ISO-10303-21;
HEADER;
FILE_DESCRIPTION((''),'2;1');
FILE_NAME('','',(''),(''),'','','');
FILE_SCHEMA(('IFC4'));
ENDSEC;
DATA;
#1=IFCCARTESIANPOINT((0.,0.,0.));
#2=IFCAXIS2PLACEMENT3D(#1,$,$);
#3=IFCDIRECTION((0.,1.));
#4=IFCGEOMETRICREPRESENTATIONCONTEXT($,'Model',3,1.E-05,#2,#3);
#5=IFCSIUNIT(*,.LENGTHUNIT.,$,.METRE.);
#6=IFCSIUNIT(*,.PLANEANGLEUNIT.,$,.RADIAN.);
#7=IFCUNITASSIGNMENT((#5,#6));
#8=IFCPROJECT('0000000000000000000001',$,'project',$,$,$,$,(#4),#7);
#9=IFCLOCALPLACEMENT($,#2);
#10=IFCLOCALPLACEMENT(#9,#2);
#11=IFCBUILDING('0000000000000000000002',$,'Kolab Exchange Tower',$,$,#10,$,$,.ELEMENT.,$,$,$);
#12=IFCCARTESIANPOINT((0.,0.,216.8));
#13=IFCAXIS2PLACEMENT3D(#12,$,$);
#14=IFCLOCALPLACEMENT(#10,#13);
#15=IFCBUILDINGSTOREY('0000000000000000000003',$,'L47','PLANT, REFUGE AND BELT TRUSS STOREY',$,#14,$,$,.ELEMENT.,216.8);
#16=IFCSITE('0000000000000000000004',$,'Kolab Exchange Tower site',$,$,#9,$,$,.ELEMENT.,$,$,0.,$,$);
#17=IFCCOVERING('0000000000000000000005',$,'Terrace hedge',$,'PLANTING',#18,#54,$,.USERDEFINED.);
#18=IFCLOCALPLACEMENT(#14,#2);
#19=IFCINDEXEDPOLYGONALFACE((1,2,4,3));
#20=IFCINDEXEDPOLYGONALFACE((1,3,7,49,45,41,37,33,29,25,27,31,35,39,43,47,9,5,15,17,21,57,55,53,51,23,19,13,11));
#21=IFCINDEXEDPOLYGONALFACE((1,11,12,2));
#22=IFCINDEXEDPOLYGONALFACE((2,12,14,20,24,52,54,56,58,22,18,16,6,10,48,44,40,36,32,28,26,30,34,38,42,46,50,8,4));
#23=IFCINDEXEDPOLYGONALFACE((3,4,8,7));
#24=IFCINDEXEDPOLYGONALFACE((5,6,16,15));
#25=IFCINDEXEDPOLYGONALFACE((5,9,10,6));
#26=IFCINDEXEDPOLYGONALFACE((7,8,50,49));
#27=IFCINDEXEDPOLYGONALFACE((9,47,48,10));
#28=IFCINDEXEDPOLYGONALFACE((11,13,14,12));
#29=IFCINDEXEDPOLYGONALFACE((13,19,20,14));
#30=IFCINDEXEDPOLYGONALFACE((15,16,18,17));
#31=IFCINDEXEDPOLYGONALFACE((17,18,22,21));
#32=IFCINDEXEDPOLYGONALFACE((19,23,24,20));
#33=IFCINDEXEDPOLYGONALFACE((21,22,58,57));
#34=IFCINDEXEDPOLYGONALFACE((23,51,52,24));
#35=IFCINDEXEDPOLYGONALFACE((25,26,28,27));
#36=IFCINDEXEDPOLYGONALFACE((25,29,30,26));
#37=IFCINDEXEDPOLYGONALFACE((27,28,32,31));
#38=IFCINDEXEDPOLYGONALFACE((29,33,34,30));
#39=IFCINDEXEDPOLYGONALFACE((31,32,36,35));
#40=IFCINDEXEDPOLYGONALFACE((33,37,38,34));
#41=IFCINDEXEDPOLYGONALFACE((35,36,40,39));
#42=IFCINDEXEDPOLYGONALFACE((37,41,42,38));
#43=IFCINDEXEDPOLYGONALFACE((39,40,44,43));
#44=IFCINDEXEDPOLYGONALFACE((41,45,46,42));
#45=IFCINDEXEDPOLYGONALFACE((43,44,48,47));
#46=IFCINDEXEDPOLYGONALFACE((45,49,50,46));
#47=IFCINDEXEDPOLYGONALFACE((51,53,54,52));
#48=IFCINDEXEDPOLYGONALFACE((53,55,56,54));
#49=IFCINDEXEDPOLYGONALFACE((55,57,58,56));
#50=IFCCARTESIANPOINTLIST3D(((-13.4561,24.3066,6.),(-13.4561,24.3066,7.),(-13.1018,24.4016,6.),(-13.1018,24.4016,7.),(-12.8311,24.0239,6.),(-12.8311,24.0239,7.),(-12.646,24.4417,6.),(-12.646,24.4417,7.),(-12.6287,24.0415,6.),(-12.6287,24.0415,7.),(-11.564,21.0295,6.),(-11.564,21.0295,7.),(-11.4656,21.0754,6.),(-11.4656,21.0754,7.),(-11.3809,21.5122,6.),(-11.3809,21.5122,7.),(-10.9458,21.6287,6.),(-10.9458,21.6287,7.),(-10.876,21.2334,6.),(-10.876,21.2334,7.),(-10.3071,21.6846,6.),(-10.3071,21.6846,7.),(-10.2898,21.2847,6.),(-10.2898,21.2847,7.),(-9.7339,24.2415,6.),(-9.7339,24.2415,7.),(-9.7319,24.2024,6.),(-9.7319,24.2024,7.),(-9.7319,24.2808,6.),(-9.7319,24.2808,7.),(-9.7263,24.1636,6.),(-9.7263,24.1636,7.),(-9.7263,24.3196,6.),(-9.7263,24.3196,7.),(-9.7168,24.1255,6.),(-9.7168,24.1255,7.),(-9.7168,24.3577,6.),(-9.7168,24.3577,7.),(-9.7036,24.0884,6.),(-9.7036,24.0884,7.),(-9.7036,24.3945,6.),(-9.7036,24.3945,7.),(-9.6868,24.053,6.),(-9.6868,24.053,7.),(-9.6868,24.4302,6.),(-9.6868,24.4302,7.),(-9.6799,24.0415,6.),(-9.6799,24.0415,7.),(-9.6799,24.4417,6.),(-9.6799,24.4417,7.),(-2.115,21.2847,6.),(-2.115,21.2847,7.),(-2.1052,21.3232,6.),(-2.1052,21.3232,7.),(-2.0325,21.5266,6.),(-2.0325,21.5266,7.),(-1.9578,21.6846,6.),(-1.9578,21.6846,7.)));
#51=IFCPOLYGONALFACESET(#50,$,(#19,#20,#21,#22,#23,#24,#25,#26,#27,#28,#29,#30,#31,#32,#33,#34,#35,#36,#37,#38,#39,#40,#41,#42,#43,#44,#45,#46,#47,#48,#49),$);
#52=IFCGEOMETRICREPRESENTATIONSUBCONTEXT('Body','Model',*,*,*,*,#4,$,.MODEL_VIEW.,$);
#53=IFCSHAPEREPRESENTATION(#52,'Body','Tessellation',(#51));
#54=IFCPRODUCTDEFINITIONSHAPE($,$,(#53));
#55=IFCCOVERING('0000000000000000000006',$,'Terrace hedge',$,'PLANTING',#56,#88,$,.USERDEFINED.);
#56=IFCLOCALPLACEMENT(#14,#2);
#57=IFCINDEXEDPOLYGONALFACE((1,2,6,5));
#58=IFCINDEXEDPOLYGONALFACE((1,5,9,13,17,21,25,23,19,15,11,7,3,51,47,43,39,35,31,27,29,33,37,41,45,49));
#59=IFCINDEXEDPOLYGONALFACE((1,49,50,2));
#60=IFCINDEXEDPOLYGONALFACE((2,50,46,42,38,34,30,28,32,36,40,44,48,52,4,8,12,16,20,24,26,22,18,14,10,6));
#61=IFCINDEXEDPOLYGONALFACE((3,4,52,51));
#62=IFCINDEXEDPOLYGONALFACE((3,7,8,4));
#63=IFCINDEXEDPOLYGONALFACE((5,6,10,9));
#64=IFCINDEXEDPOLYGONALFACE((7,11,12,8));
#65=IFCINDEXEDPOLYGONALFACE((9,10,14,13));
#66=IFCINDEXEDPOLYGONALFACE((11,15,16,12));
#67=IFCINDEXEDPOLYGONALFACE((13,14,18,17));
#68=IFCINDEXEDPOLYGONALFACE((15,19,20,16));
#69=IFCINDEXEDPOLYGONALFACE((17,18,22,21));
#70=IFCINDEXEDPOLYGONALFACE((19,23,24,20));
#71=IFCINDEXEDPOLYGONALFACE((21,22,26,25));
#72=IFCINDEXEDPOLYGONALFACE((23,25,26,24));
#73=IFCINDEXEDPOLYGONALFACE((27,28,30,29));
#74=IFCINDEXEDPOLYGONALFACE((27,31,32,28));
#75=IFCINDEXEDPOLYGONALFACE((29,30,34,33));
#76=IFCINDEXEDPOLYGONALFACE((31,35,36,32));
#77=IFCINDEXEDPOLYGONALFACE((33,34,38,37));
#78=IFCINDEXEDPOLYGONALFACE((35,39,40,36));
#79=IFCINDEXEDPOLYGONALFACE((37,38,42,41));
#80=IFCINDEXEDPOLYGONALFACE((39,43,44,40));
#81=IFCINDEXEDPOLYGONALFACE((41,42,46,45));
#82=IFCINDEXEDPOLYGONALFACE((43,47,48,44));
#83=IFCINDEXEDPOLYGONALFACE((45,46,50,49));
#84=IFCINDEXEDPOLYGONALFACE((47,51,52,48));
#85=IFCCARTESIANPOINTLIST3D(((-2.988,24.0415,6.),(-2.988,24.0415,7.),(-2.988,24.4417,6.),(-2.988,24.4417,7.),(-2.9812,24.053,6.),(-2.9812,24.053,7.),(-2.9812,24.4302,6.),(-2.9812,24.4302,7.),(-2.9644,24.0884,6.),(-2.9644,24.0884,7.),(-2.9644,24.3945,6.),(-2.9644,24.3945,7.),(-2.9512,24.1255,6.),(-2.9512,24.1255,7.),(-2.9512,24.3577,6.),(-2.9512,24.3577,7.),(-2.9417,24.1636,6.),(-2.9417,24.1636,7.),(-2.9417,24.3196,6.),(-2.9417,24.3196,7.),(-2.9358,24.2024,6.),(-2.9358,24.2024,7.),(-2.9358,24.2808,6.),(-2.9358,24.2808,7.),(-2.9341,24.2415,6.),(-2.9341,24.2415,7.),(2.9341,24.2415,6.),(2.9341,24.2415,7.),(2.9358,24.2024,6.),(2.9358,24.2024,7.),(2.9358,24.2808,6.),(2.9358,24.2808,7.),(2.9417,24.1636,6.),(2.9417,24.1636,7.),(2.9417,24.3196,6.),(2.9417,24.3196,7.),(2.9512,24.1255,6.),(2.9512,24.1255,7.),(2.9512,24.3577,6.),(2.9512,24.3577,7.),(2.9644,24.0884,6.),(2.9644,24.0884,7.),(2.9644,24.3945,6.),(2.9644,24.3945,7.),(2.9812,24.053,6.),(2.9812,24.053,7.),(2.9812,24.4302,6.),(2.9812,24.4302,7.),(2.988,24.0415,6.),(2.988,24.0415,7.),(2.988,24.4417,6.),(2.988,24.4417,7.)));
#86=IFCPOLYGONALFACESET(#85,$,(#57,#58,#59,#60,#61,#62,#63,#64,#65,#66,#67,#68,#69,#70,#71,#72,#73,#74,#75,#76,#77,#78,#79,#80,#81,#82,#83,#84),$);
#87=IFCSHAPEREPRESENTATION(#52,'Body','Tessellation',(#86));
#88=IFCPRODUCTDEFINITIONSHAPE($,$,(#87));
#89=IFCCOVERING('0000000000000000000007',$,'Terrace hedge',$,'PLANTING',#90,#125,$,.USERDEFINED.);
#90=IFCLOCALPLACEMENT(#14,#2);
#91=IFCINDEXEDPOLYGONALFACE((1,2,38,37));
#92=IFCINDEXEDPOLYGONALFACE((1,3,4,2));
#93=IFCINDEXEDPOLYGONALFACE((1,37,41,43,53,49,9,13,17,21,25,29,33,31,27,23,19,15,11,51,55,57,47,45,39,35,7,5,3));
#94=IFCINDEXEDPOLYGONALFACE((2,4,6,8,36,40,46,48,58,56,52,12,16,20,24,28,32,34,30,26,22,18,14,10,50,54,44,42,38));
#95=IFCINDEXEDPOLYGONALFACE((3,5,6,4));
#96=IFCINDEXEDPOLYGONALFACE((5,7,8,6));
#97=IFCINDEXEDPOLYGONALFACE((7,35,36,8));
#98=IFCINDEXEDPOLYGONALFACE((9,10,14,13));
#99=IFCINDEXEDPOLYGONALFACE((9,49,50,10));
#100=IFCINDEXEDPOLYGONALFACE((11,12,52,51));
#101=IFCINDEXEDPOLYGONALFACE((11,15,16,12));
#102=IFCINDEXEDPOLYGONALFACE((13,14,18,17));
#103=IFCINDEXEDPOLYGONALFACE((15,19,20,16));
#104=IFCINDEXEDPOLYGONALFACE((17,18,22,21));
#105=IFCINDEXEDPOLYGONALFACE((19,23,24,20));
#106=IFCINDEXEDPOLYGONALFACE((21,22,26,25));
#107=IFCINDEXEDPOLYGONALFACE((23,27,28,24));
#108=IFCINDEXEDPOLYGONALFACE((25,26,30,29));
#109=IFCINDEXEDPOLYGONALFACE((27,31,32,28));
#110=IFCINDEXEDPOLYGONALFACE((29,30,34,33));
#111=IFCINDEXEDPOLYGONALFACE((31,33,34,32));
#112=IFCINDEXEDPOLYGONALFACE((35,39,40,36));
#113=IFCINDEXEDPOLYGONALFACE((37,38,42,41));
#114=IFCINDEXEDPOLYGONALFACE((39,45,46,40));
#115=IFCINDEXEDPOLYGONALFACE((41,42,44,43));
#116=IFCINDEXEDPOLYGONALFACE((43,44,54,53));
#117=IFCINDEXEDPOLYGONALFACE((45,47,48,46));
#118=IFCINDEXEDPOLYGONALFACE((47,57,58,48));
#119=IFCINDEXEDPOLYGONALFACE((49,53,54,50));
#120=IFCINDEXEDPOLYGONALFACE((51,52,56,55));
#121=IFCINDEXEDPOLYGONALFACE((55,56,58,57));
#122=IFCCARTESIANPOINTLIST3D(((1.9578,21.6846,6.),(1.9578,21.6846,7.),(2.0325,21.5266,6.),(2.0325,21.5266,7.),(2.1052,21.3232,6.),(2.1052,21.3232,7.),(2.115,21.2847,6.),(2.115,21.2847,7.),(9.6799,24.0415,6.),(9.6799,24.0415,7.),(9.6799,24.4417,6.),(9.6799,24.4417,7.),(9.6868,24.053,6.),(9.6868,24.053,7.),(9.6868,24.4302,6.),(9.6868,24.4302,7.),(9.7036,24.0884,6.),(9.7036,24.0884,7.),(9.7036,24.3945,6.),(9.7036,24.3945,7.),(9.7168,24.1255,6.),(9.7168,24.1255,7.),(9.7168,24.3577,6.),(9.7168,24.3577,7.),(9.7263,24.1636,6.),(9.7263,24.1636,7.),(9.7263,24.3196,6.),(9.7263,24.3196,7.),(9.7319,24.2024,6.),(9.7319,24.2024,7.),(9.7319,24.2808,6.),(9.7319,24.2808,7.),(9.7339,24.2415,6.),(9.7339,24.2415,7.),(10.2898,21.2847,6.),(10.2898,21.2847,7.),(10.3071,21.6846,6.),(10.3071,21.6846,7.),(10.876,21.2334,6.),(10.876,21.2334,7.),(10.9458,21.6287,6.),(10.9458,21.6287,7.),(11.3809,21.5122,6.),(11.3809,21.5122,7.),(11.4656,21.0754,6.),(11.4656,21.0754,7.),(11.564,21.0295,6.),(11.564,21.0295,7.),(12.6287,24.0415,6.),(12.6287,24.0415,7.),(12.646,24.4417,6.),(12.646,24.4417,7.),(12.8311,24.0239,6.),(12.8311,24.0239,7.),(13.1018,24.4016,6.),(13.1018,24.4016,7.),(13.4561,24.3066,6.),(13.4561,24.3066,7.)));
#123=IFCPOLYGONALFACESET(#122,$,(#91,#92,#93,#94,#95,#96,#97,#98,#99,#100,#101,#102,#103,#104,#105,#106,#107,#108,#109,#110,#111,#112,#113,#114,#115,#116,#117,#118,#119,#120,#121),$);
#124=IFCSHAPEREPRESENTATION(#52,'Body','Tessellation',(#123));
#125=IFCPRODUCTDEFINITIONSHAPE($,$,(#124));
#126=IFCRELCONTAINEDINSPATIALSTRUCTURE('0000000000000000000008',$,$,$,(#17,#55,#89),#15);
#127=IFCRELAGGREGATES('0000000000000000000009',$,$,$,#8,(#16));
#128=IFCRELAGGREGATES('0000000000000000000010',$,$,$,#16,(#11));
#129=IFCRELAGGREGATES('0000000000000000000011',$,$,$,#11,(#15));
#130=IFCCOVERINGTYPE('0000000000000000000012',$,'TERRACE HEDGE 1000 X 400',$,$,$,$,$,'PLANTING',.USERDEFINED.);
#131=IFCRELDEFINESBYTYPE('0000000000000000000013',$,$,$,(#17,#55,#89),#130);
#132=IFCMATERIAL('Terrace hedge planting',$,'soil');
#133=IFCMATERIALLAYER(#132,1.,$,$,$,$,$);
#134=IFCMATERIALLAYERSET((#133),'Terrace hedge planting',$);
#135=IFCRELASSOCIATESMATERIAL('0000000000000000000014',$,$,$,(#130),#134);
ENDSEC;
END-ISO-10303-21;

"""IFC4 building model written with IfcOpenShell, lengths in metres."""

from ifc_helpers import new_model, si_unit, direction, frame, origin, place, context, subcontext, project, spatial, polyline, outline, extrude, material, layer, layer_set, type_object, element, save


model = new_model("IFC4")

# Units and contexts
model_context = context("Model", 3, precision=1e-05, world=origin(), true_north=direction((0.0, 1.0)))
body_context = subcontext(model_context, "Body", "Model", "MODEL_VIEW")
ifc_project = project(units=[si_unit("LENGTHUNIT", "METRE"), si_unit("PLANEANGLEUNIT", "RADIAN")], contexts=[model_context])

# Site, building, storey
site_placement = place(None, origin())
site = spatial("IfcSite", under=ifc_project, at=site_placement, Name="Kolab Exchange Tower site", CompositionType="ELEMENT", RefElevation=0.0)
building_placement = place(site_placement, origin())
building = spatial("IfcBuilding", under=site, at=building_placement, Name="Kolab Exchange Tower", CompositionType="ELEMENT")
storey_placement = place(building_placement, frame((0.0, 0.0, 216.8)))
storey = spatial("IfcBuildingStorey", under=building, at=storey_placement, Name="L47", Description="PLANT, REFUGE AND BELT TRUSS STOREY", CompositionType="ELEMENT", Elevation=216.8)

# Coverings
ifc_material_1 = material(Name="Terrace hedge planting", Category="soil")
ifc_layer_1 = layer(ifc_material_1, 1.0)
ifc_layer_set_1 = layer_set([ifc_layer_1], Name="Terrace hedge planting")
covering_type_1 = type_object("IfcCoveringType", Name="TERRACE HEDGE 1000 X 400", ElementType="PLANTING", PredefinedType="USERDEFINED", material=ifc_layer_set_1)
covering_1_placement = place(storey_placement, frame((0.0, 0.0, 6.0)))
element("IfcCovering", 1, at=covering_1_placement, inside=storey, type_object=covering_type_1, Name="Terrace hedge", ObjectType="PLANTING", PredefinedType="USERDEFINED", context=body_context, shape_type="SweptSolid", body=[
    extrude(outline(polyline([(-12.646, 24.4417), (-9.6799, 24.4417), (-9.6868, 24.4302), (-9.7036, 24.3945), (-9.7168, 24.3577), (-9.7263, 24.3196), (-9.7319, 24.2808), (-9.7339, 24.2415), (-9.7319, 24.2024), (-9.7263, 24.1636), (-9.7168, 24.1255), (-9.7036, 24.0884), (-9.6868, 24.053), (-9.6799, 24.0415), (-12.6287, 24.0415), (-12.8311, 24.0239), (-11.3809, 21.5122), (-10.9458, 21.6287), (-10.3071, 21.6846), (-1.9578, 21.6846), (-2.0325, 21.5266), (-2.1052, 21.3232), (-2.115, 21.2847), (-10.2898, 21.2847), (-10.876, 21.2334), (-11.4656, 21.0754), (-11.564, 21.0295), (-13.4561, 24.3066), (-13.1018, 24.4016), (-12.646, 24.4417)])), origin(), (0.0, 0.0, 1.0), 1.0),
])
covering_2_placement = place(storey_placement, frame((0.0, 0.0, 6.0)))
element("IfcCovering", 2, at=covering_2_placement, inside=storey, type_object=covering_type_1, Name="Terrace hedge", ObjectType="PLANTING", PredefinedType="USERDEFINED", context=body_context, shape_type="SweptSolid", body=[
    extrude(outline(polyline([(2.988, 24.4417), (2.9812, 24.4302), (2.9644, 24.3945), (2.9512, 24.3577), (2.9417, 24.3196), (2.9358, 24.2808), (2.9341, 24.2415), (2.9358, 24.2024), (2.9417, 24.1636), (2.9512, 24.1255), (2.9644, 24.0884), (2.9812, 24.053), (2.988, 24.0415), (-2.988, 24.0415), (-2.9812, 24.053), (-2.9644, 24.0884), (-2.9512, 24.1255), (-2.9417, 24.1636), (-2.9358, 24.2024), (-2.9341, 24.2415), (-2.9358, 24.2808), (-2.9417, 24.3196), (-2.9512, 24.3577), (-2.9644, 24.3945), (-2.9812, 24.4302), (-2.988, 24.4417), (2.988, 24.4417)])), origin(), (0.0, 0.0, 1.0), 1.0),
])
covering_3_placement = place(storey_placement, frame((0.0, 0.0, 6.0)))
element("IfcCovering", 3, at=covering_3_placement, inside=storey, type_object=covering_type_1, Name="Terrace hedge", ObjectType="PLANTING", PredefinedType="USERDEFINED", context=body_context, shape_type="SweptSolid", body=[
    extrude(outline(polyline([(12.646, 24.4417), (13.1018, 24.4016), (13.4561, 24.3066), (11.564, 21.0295), (11.4656, 21.0754), (10.876, 21.2334), (10.2898, 21.2847), (2.115, 21.2847), (2.1052, 21.3232), (2.0325, 21.5266), (1.9578, 21.6846), (10.3071, 21.6846), (10.9458, 21.6287), (11.3809, 21.5122), (12.8311, 24.0239), (12.6287, 24.0415), (9.6799, 24.0415), (9.6868, 24.053), (9.7036, 24.0884), (9.7168, 24.1255), (9.7263, 24.1636), (9.7319, 24.2024), (9.7339, 24.2415), (9.7319, 24.2808), (9.7263, 24.3196), (9.7168, 24.3577), (9.7036, 24.3945), (9.6868, 24.4302), (9.6799, 24.4417), (12.646, 24.4417)])), origin(), (0.0, 0.0, 1.0), 1.0),
])

save(model, "model.ifc")
